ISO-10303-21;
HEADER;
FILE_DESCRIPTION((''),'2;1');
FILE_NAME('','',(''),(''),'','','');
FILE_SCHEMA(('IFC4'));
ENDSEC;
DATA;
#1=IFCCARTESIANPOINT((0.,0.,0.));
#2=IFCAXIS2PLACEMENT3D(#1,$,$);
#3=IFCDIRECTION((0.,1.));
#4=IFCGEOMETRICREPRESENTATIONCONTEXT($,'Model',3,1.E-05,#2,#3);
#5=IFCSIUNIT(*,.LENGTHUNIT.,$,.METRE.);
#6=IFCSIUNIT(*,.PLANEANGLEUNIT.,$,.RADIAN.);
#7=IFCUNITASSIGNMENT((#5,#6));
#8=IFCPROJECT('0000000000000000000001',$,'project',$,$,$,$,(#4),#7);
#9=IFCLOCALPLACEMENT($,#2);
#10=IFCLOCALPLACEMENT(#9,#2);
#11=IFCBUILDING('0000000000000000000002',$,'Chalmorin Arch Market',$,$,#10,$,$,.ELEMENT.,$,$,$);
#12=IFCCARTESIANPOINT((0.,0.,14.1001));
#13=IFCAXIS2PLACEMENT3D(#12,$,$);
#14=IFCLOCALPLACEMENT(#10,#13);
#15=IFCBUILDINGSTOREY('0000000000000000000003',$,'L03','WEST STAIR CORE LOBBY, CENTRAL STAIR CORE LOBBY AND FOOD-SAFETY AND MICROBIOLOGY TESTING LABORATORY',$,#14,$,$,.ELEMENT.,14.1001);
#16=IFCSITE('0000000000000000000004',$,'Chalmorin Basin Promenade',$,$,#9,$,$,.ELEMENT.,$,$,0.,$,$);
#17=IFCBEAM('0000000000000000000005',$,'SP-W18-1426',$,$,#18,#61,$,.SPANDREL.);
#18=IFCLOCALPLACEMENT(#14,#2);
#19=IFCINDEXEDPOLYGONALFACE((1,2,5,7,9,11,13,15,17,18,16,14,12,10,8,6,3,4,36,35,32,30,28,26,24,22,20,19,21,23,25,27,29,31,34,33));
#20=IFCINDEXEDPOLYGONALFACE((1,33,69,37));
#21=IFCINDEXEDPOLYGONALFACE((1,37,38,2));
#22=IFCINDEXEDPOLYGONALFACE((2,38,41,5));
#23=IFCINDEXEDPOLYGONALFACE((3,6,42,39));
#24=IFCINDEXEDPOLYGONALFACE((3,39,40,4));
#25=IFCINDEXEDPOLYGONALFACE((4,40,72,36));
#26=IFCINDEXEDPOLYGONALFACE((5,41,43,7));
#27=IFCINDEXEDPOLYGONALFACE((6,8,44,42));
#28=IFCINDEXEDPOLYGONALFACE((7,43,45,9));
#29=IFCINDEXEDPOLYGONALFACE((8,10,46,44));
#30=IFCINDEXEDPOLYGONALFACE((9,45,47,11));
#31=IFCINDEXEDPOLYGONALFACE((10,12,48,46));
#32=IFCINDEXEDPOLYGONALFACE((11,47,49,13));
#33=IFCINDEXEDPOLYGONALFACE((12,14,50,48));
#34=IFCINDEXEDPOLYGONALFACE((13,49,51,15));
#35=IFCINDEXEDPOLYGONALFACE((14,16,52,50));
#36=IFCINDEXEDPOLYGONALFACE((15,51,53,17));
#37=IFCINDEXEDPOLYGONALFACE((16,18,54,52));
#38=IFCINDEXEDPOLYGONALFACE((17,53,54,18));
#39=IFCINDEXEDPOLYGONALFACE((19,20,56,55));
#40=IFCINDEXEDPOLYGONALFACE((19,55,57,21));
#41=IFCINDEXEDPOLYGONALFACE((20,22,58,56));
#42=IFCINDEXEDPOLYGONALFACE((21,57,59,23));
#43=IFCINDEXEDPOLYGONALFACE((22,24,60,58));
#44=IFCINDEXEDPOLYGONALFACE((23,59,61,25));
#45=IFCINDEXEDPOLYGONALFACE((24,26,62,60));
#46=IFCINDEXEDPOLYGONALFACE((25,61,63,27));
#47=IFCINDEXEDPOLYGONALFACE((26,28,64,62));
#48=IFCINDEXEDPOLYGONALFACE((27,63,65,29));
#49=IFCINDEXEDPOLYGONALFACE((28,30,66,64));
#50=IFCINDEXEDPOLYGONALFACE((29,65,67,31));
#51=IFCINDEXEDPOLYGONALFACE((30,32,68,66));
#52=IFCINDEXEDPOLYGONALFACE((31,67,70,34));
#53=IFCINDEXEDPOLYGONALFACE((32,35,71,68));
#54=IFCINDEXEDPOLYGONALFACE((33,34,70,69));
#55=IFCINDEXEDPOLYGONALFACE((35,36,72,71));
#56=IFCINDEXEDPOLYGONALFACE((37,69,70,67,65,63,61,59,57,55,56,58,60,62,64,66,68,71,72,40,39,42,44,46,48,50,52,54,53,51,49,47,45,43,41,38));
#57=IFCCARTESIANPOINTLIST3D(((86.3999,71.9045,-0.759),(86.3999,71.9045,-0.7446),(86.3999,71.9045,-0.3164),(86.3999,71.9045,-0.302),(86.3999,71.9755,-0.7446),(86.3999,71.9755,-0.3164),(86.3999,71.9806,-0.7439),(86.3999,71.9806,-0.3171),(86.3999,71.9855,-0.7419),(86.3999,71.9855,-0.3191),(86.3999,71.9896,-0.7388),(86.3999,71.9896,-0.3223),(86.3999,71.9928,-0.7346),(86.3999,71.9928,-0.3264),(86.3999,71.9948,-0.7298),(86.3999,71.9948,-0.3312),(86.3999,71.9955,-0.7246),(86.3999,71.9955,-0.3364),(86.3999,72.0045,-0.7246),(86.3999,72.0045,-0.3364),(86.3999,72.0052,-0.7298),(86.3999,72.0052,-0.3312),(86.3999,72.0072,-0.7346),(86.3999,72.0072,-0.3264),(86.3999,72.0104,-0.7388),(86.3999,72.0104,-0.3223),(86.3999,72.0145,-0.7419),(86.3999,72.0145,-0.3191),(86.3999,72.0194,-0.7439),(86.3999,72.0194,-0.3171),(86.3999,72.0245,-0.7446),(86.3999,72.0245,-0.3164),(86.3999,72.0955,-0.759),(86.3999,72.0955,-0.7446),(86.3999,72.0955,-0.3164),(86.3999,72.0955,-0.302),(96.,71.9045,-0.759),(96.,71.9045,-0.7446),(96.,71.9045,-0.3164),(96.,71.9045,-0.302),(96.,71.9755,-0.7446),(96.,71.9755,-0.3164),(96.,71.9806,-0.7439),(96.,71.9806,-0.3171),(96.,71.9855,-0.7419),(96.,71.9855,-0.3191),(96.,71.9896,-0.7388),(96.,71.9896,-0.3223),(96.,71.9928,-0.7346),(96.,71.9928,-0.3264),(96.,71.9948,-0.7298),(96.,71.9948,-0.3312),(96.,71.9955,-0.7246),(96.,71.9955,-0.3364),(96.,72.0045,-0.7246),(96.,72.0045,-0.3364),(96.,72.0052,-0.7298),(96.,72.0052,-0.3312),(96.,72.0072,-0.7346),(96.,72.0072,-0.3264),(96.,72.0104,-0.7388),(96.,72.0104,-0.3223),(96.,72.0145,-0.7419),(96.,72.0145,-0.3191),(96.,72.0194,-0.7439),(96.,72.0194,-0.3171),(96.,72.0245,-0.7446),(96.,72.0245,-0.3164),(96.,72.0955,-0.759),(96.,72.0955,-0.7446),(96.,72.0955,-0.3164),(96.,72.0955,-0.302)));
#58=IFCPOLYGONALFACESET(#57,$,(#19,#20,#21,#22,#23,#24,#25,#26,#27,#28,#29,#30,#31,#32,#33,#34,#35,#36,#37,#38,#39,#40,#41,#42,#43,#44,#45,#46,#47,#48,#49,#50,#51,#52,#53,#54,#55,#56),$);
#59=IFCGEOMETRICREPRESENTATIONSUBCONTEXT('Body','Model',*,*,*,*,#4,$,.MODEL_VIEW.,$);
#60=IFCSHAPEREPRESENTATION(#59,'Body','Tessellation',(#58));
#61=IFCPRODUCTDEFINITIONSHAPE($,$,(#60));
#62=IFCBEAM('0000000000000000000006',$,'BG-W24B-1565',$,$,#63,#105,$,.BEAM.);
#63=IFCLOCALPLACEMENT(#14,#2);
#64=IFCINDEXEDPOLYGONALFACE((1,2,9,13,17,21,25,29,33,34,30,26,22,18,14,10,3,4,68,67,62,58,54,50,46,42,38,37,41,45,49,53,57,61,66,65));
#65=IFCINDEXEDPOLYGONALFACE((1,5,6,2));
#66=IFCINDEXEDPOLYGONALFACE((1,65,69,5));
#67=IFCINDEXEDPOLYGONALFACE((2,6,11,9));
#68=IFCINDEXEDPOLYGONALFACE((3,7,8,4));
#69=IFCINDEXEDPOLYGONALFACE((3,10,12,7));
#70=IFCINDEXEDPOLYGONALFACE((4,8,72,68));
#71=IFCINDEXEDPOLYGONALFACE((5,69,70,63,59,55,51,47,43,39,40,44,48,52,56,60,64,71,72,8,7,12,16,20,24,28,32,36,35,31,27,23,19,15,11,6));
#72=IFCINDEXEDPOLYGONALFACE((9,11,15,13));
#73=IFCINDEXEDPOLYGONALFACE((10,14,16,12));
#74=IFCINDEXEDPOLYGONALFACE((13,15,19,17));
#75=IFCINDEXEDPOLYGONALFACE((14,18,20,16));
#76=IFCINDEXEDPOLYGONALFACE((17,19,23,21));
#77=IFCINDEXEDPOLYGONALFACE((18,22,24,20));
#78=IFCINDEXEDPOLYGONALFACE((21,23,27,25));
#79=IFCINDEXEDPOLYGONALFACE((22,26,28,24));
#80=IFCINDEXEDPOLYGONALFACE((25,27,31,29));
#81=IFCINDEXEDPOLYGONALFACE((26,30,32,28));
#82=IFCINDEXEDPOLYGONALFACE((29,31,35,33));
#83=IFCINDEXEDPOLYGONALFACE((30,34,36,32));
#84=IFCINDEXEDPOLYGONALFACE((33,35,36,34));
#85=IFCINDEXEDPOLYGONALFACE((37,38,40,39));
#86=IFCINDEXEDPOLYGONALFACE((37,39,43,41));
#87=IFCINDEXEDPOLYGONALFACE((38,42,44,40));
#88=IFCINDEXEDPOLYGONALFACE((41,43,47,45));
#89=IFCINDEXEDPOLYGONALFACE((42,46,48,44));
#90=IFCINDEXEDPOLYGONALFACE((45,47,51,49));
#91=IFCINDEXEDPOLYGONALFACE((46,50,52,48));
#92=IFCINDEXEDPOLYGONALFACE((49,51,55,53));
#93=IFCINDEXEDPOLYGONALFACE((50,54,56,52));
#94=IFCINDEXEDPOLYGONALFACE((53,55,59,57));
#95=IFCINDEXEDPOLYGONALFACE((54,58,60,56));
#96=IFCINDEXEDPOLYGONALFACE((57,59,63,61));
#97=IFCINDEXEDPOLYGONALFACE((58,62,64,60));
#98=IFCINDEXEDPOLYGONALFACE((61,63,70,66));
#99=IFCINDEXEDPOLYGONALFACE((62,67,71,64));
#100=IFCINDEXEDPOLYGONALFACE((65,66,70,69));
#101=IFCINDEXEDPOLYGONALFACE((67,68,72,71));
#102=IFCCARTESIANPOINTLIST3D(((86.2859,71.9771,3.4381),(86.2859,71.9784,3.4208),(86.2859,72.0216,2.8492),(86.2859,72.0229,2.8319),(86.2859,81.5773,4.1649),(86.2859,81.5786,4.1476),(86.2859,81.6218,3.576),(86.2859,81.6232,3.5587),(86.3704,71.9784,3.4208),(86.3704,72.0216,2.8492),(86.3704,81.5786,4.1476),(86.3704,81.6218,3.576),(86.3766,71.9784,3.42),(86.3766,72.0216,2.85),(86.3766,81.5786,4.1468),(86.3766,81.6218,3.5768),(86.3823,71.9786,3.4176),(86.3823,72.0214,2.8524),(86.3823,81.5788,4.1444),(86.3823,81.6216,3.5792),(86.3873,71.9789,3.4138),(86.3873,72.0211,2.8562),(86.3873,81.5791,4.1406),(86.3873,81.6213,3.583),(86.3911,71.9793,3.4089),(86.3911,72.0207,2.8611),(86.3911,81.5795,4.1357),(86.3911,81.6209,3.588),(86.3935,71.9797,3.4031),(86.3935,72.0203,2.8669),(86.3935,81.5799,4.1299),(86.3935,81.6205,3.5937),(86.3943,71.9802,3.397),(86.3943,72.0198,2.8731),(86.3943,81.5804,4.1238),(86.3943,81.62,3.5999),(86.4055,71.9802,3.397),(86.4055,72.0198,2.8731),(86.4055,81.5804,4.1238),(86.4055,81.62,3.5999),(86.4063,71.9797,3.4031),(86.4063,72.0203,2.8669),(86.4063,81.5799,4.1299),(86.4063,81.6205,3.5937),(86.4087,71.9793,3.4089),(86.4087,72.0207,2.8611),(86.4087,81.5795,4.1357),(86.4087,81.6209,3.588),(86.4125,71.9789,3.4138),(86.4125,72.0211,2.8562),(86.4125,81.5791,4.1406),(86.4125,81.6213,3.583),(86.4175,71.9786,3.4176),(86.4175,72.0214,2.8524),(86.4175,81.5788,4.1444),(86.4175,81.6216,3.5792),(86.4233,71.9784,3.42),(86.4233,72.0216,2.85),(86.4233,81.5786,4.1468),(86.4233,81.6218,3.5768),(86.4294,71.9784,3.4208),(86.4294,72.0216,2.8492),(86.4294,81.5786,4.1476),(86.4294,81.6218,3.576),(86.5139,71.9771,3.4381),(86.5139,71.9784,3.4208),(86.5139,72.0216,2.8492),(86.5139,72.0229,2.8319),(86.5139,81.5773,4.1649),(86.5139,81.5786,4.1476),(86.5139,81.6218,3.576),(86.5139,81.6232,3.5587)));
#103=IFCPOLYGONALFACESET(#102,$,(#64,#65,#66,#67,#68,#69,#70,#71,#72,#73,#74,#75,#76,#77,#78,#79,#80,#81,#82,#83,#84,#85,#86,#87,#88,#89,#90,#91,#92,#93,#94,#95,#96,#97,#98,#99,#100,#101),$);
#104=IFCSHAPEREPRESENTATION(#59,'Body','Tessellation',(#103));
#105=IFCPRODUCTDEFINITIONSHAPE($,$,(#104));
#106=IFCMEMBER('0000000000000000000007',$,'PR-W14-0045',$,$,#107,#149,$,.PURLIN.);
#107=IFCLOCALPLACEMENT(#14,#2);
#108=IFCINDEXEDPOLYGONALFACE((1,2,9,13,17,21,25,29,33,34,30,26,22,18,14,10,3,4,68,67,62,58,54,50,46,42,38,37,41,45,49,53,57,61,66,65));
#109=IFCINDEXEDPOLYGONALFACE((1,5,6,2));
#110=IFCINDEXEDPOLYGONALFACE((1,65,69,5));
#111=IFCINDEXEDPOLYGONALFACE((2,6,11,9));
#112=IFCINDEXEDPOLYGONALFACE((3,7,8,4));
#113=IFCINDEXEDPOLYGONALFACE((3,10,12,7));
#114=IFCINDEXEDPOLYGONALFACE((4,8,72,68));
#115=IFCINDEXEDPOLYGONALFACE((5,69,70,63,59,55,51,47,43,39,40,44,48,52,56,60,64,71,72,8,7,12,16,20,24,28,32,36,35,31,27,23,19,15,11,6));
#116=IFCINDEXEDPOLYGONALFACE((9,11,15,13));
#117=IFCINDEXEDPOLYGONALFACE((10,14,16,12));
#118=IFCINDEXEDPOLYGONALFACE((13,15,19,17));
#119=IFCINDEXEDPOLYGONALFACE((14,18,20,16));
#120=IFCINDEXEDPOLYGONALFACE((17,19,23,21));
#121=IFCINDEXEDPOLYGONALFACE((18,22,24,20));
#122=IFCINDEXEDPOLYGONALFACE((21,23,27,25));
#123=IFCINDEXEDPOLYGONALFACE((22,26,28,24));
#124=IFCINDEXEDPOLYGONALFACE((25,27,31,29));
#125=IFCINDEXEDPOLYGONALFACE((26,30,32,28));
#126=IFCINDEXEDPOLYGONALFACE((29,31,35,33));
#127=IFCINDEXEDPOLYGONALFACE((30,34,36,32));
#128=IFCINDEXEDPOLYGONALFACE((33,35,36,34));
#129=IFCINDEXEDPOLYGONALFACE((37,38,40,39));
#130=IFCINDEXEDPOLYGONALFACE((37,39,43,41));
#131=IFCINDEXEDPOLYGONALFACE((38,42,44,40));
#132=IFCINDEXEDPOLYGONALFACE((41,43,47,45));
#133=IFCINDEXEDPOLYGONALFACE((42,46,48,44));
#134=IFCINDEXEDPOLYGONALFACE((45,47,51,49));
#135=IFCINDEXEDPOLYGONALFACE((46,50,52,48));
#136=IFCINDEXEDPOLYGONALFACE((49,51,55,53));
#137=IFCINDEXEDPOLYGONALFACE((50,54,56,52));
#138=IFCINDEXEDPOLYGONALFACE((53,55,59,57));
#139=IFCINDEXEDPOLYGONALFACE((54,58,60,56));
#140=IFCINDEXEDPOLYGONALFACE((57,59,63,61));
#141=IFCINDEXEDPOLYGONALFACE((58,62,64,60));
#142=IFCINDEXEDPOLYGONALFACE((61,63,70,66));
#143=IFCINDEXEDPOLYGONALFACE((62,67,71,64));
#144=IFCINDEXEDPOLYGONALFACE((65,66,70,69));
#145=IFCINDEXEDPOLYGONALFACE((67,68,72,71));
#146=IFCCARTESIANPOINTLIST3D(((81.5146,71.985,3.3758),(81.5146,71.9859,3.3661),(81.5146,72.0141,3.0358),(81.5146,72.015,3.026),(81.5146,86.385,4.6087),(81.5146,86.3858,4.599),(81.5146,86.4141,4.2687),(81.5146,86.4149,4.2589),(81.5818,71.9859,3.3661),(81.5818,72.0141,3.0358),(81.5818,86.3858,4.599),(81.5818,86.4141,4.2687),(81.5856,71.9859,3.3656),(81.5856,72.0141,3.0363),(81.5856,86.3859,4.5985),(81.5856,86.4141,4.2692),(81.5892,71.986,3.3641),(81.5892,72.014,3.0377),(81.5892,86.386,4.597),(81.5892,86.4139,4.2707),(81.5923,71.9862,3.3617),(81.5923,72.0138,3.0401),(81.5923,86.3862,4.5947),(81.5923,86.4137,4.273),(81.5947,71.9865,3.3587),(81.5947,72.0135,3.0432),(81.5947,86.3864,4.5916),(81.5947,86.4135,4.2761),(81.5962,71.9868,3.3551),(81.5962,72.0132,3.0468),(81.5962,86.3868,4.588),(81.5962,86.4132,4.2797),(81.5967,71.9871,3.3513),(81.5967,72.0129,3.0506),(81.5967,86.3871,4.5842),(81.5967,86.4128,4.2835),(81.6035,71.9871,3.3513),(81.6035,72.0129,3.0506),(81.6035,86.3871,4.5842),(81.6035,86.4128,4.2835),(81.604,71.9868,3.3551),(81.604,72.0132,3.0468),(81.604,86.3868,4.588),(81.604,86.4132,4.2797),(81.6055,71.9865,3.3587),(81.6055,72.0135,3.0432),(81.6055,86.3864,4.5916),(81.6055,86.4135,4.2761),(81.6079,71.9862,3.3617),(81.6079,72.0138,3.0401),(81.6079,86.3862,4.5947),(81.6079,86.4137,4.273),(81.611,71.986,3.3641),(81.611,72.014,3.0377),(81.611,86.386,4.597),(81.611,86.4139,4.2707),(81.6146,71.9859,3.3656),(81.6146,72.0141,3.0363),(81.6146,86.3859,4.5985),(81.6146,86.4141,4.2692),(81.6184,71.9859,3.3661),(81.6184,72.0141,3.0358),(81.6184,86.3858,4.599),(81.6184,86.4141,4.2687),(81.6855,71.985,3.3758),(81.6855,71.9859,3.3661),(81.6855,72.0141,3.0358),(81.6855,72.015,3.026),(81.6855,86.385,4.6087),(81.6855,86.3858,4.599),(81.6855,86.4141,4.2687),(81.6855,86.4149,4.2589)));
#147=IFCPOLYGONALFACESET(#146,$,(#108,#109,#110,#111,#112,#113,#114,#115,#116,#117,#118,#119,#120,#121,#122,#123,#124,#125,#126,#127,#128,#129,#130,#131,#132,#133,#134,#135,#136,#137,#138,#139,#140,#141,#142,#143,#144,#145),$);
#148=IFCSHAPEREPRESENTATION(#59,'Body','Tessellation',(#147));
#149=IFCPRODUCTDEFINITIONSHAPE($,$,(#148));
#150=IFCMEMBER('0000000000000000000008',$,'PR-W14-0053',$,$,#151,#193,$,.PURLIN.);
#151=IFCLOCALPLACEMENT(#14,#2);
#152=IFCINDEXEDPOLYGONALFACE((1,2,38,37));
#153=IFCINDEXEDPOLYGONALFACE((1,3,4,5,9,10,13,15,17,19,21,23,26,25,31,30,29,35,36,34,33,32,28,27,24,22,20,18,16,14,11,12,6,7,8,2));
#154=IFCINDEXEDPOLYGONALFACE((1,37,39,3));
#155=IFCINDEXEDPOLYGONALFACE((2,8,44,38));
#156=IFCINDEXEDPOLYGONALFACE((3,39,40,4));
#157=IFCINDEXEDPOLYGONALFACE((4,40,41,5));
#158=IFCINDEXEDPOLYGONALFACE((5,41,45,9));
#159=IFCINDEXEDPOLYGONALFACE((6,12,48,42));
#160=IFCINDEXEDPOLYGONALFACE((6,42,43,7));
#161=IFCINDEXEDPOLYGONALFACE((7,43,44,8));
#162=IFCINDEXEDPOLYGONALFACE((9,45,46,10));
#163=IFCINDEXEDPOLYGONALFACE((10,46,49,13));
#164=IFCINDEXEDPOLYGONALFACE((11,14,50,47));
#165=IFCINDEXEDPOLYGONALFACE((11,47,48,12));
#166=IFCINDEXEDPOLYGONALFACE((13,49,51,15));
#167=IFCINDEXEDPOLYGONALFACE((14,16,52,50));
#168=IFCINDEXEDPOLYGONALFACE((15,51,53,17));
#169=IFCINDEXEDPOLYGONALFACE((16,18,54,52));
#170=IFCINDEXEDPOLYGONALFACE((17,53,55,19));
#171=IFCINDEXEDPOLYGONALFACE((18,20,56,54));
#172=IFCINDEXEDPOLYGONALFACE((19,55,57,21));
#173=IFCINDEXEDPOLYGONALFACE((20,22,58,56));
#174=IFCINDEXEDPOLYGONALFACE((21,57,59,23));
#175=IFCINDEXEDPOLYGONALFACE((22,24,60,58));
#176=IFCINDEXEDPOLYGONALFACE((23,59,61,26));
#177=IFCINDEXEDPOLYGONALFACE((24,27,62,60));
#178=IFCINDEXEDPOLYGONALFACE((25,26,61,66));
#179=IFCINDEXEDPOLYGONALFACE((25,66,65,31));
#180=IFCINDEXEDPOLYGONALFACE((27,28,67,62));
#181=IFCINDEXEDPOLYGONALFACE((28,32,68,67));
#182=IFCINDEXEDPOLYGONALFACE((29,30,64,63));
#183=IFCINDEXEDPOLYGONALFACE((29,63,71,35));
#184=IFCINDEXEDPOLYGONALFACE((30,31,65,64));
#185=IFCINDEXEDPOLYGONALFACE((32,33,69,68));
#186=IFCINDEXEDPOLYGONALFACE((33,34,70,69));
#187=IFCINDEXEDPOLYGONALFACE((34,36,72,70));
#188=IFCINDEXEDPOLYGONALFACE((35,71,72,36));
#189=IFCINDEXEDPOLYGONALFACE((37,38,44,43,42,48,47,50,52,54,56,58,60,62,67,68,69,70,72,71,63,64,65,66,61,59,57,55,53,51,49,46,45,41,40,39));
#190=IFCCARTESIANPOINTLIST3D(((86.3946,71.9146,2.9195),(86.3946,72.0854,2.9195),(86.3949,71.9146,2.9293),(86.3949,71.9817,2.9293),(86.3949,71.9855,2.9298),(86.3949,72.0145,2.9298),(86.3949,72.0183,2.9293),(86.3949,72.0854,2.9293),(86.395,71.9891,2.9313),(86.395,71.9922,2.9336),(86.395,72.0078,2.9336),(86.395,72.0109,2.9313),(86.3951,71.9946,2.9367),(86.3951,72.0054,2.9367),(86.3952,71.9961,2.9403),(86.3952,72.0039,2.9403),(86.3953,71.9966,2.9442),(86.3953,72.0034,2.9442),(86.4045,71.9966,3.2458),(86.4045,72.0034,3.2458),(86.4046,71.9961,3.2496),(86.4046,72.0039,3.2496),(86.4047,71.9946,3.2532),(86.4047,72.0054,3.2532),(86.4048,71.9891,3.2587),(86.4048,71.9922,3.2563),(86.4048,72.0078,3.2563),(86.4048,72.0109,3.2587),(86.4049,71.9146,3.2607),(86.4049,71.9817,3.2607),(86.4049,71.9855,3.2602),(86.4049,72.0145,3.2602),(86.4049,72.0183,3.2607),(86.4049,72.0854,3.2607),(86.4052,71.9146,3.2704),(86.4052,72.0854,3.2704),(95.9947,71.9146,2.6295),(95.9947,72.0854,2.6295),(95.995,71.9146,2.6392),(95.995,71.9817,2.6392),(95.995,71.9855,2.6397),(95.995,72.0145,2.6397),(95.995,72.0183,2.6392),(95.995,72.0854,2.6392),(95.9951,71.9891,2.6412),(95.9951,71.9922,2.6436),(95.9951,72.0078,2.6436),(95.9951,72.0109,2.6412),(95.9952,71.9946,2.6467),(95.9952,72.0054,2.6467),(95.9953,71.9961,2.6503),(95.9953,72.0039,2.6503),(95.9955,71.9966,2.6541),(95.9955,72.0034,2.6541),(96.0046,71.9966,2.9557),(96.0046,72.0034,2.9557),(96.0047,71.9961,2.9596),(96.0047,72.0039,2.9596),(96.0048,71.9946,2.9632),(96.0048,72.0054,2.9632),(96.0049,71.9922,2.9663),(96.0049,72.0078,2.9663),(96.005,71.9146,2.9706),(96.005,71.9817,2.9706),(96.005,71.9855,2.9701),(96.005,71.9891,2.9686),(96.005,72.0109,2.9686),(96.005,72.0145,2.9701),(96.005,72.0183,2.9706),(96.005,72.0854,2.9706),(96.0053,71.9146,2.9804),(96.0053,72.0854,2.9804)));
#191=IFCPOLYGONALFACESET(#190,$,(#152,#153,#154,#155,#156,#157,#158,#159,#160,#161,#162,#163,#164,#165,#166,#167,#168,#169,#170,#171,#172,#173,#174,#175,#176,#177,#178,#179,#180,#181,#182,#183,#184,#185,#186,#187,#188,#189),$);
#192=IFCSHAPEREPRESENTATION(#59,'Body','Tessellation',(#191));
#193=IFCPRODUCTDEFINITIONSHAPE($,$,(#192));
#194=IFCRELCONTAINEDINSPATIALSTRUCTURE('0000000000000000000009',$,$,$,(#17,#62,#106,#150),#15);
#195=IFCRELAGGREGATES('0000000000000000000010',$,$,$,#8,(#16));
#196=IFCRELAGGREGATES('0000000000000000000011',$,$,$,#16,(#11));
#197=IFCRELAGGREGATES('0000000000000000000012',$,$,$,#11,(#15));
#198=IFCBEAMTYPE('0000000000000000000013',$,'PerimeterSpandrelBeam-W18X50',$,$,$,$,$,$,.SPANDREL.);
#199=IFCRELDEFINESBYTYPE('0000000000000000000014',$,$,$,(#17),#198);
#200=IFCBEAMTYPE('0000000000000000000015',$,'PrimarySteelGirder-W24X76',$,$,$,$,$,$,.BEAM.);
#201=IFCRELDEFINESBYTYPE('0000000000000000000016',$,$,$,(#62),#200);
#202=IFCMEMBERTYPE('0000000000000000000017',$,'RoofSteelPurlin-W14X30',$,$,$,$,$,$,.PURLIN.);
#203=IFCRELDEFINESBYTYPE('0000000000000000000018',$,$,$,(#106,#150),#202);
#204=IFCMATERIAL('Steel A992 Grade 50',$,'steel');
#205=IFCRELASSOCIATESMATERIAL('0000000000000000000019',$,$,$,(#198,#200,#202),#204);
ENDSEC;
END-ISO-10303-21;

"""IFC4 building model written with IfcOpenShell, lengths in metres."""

from ifc_helpers import new_model, si_unit, direction, frame, origin, origin_2d, place, context, subcontext, project, spatial, i_section, extrude, material, material_profile, profile_set, type_object, element, save


model = new_model("IFC4")

# Units and contexts
model_context = context("Model", 3, precision=1e-05, world=origin(), true_north=direction((0.0, 1.0)))
body_context = subcontext(model_context, "Body", "Model", "MODEL_VIEW")
ifc_project = project(units=[si_unit("LENGTHUNIT", "METRE"), si_unit("PLANEANGLEUNIT", "RADIAN")], contexts=[model_context])

# Site, building, storey
site_placement = place(None, origin())
site = spatial("IfcSite", under=ifc_project, at=site_placement, Name="Chalmorin Basin Promenade", CompositionType="ELEMENT", RefElevation=0.0)
building_placement = place(site_placement, origin())
building = spatial("IfcBuilding", under=site, at=building_placement, Name="Chalmorin Arch Market", CompositionType="ELEMENT")
storey_placement = place(building_placement, frame((0.0, 0.0, 14.1001)))
storey = spatial("IfcBuildingStorey", under=building, at=storey_placement, Name="L03", Description="WEST STAIR CORE LOBBY, CENTRAL STAIR CORE LOBBY AND FOOD-SAFETY AND MICROBIOLOGY TESTING LABORATORY", CompositionType="ELEMENT", Elevation=14.1001)

# Beams
ifc_material_1 = material(Name="Steel A992 Grade 50", Category="steel")
ifc_material_profile_1 = material_profile(ifc_material_1, i_section(OverallWidth=0.1909, OverallDepth=0.457, WebThickness=0.009, FlangeThickness=0.0144, FilletRadius=0.02, at=origin_2d()), Name="W18X50")
ifc_profile_set_1 = profile_set([ifc_material_profile_1], Name="Steel A992 Grade 50")
beam_type_1 = type_object("IfcBeamType", Name="PerimeterSpandrelBeam-W18X50", PredefinedType="SPANDREL", material=ifc_profile_set_1)
beam_1_placement = place(storey_placement, frame((86.3999, 72.0, -0.5305), z_axis=(1.0, 0.0, 0.0), x_axis=(0.0, 1.0, 0.0)))
element("IfcBeam", 1, at=beam_1_placement, inside=storey, type_object=beam_type_1, Name="SP-W18-1426", PredefinedType="SPANDREL", context=body_context, shape_type="SweptSolid", body=[
    extrude(i_section(OverallWidth=0.1909, OverallDepth=0.457, WebThickness=0.009, FlangeThickness=0.0144, FilletRadius=0.02, at=origin_2d()), origin(), (0.0, 0.0, 1.0), 9.6001),
])
ifc_material_profile_2 = material_profile(ifc_material_1, i_section(OverallWidth=0.228, OverallDepth=0.6079, WebThickness=0.0112, FlangeThickness=0.0173, FilletRadius=0.0239, at=origin_2d()), Name="W24X76")
ifc_profile_set_2 = profile_set([ifc_material_profile_2], Name="Steel A992 Grade 50")
beam_type_2 = type_object("IfcBeamType", Name="PrimarySteelGirder-W24X76", PredefinedType="BEAM", material=ifc_profile_set_2)
beam_2_placement = place(storey_placement, frame((86.3999, 72.0, 3.135), z_axis=(0.0, 0.997146, 0.075492), x_axis=(-1.0, 0.0, 0.0)))
element("IfcBeam", 2, at=beam_2_placement, inside=storey, type_object=beam_type_2, Name="BG-W24B-1565", PredefinedType="BEAM", context=body_context, shape_type="SweptSolid", body=[
    extrude(i_section(OverallWidth=0.228, OverallDepth=0.6079, WebThickness=0.0112, FlangeThickness=0.0173, FilletRadius=0.0239, at=origin_2d()), origin(), (0.0, 0.0, 1.0), 9.6277),
])

# Members
ifc_material_profile_3 = material_profile(ifc_material_1, i_section(OverallWidth=0.1709, OverallDepth=0.3511, WebThickness=0.0068, FlangeThickness=0.0098, FilletRadius=0.0149, at=origin_2d()), Name="W14X30")
ifc_profile_set_3 = profile_set([ifc_material_profile_3], Name="Steel A992 Grade 50")
member_type_1 = type_object("IfcMemberType", Name="RoofSteelPurlin-W14X30", PredefinedType="PURLIN", material=ifc_profile_set_3)
member_1_placement = place(storey_placement, frame((81.6001, 72.0, 3.2009), z_axis=(0.0, 0.996355, 0.085307), x_axis=(-1.0, 0.0, 0.0)))
element("IfcMember", 3, at=member_1_placement, inside=storey, type_object=member_type_1, Name="PR-W14-0045", PredefinedType="PURLIN", context=body_context, shape_type="SweptSolid", body=[
    extrude(i_section(OverallWidth=0.1709, OverallDepth=0.3511, WebThickness=0.0068, FlangeThickness=0.0098, FilletRadius=0.0149, at=origin_2d()), origin(), (0.0, 0.0, 1.0), 14.4526),
])
member_2_placement = place(storey_placement, frame((86.3999, 72.0, 3.095), z_axis=(0.999544, 0.0, -0.030198), x_axis=(0.0, 1.0, 0.0)))
element("IfcMember", 4, at=member_2_placement, inside=storey, type_object=member_type_1, Name="PR-W14-0053", PredefinedType="PURLIN", context=body_context, shape_type="SweptSolid", body=[
    extrude(i_section(OverallWidth=0.1709, OverallDepth=0.3511, WebThickness=0.0068, FlangeThickness=0.0098, FilletRadius=0.0149, at=origin_2d()), origin(), (0.0, 0.0, 1.0), 9.6045),
])

save(model, "model.ifc")
